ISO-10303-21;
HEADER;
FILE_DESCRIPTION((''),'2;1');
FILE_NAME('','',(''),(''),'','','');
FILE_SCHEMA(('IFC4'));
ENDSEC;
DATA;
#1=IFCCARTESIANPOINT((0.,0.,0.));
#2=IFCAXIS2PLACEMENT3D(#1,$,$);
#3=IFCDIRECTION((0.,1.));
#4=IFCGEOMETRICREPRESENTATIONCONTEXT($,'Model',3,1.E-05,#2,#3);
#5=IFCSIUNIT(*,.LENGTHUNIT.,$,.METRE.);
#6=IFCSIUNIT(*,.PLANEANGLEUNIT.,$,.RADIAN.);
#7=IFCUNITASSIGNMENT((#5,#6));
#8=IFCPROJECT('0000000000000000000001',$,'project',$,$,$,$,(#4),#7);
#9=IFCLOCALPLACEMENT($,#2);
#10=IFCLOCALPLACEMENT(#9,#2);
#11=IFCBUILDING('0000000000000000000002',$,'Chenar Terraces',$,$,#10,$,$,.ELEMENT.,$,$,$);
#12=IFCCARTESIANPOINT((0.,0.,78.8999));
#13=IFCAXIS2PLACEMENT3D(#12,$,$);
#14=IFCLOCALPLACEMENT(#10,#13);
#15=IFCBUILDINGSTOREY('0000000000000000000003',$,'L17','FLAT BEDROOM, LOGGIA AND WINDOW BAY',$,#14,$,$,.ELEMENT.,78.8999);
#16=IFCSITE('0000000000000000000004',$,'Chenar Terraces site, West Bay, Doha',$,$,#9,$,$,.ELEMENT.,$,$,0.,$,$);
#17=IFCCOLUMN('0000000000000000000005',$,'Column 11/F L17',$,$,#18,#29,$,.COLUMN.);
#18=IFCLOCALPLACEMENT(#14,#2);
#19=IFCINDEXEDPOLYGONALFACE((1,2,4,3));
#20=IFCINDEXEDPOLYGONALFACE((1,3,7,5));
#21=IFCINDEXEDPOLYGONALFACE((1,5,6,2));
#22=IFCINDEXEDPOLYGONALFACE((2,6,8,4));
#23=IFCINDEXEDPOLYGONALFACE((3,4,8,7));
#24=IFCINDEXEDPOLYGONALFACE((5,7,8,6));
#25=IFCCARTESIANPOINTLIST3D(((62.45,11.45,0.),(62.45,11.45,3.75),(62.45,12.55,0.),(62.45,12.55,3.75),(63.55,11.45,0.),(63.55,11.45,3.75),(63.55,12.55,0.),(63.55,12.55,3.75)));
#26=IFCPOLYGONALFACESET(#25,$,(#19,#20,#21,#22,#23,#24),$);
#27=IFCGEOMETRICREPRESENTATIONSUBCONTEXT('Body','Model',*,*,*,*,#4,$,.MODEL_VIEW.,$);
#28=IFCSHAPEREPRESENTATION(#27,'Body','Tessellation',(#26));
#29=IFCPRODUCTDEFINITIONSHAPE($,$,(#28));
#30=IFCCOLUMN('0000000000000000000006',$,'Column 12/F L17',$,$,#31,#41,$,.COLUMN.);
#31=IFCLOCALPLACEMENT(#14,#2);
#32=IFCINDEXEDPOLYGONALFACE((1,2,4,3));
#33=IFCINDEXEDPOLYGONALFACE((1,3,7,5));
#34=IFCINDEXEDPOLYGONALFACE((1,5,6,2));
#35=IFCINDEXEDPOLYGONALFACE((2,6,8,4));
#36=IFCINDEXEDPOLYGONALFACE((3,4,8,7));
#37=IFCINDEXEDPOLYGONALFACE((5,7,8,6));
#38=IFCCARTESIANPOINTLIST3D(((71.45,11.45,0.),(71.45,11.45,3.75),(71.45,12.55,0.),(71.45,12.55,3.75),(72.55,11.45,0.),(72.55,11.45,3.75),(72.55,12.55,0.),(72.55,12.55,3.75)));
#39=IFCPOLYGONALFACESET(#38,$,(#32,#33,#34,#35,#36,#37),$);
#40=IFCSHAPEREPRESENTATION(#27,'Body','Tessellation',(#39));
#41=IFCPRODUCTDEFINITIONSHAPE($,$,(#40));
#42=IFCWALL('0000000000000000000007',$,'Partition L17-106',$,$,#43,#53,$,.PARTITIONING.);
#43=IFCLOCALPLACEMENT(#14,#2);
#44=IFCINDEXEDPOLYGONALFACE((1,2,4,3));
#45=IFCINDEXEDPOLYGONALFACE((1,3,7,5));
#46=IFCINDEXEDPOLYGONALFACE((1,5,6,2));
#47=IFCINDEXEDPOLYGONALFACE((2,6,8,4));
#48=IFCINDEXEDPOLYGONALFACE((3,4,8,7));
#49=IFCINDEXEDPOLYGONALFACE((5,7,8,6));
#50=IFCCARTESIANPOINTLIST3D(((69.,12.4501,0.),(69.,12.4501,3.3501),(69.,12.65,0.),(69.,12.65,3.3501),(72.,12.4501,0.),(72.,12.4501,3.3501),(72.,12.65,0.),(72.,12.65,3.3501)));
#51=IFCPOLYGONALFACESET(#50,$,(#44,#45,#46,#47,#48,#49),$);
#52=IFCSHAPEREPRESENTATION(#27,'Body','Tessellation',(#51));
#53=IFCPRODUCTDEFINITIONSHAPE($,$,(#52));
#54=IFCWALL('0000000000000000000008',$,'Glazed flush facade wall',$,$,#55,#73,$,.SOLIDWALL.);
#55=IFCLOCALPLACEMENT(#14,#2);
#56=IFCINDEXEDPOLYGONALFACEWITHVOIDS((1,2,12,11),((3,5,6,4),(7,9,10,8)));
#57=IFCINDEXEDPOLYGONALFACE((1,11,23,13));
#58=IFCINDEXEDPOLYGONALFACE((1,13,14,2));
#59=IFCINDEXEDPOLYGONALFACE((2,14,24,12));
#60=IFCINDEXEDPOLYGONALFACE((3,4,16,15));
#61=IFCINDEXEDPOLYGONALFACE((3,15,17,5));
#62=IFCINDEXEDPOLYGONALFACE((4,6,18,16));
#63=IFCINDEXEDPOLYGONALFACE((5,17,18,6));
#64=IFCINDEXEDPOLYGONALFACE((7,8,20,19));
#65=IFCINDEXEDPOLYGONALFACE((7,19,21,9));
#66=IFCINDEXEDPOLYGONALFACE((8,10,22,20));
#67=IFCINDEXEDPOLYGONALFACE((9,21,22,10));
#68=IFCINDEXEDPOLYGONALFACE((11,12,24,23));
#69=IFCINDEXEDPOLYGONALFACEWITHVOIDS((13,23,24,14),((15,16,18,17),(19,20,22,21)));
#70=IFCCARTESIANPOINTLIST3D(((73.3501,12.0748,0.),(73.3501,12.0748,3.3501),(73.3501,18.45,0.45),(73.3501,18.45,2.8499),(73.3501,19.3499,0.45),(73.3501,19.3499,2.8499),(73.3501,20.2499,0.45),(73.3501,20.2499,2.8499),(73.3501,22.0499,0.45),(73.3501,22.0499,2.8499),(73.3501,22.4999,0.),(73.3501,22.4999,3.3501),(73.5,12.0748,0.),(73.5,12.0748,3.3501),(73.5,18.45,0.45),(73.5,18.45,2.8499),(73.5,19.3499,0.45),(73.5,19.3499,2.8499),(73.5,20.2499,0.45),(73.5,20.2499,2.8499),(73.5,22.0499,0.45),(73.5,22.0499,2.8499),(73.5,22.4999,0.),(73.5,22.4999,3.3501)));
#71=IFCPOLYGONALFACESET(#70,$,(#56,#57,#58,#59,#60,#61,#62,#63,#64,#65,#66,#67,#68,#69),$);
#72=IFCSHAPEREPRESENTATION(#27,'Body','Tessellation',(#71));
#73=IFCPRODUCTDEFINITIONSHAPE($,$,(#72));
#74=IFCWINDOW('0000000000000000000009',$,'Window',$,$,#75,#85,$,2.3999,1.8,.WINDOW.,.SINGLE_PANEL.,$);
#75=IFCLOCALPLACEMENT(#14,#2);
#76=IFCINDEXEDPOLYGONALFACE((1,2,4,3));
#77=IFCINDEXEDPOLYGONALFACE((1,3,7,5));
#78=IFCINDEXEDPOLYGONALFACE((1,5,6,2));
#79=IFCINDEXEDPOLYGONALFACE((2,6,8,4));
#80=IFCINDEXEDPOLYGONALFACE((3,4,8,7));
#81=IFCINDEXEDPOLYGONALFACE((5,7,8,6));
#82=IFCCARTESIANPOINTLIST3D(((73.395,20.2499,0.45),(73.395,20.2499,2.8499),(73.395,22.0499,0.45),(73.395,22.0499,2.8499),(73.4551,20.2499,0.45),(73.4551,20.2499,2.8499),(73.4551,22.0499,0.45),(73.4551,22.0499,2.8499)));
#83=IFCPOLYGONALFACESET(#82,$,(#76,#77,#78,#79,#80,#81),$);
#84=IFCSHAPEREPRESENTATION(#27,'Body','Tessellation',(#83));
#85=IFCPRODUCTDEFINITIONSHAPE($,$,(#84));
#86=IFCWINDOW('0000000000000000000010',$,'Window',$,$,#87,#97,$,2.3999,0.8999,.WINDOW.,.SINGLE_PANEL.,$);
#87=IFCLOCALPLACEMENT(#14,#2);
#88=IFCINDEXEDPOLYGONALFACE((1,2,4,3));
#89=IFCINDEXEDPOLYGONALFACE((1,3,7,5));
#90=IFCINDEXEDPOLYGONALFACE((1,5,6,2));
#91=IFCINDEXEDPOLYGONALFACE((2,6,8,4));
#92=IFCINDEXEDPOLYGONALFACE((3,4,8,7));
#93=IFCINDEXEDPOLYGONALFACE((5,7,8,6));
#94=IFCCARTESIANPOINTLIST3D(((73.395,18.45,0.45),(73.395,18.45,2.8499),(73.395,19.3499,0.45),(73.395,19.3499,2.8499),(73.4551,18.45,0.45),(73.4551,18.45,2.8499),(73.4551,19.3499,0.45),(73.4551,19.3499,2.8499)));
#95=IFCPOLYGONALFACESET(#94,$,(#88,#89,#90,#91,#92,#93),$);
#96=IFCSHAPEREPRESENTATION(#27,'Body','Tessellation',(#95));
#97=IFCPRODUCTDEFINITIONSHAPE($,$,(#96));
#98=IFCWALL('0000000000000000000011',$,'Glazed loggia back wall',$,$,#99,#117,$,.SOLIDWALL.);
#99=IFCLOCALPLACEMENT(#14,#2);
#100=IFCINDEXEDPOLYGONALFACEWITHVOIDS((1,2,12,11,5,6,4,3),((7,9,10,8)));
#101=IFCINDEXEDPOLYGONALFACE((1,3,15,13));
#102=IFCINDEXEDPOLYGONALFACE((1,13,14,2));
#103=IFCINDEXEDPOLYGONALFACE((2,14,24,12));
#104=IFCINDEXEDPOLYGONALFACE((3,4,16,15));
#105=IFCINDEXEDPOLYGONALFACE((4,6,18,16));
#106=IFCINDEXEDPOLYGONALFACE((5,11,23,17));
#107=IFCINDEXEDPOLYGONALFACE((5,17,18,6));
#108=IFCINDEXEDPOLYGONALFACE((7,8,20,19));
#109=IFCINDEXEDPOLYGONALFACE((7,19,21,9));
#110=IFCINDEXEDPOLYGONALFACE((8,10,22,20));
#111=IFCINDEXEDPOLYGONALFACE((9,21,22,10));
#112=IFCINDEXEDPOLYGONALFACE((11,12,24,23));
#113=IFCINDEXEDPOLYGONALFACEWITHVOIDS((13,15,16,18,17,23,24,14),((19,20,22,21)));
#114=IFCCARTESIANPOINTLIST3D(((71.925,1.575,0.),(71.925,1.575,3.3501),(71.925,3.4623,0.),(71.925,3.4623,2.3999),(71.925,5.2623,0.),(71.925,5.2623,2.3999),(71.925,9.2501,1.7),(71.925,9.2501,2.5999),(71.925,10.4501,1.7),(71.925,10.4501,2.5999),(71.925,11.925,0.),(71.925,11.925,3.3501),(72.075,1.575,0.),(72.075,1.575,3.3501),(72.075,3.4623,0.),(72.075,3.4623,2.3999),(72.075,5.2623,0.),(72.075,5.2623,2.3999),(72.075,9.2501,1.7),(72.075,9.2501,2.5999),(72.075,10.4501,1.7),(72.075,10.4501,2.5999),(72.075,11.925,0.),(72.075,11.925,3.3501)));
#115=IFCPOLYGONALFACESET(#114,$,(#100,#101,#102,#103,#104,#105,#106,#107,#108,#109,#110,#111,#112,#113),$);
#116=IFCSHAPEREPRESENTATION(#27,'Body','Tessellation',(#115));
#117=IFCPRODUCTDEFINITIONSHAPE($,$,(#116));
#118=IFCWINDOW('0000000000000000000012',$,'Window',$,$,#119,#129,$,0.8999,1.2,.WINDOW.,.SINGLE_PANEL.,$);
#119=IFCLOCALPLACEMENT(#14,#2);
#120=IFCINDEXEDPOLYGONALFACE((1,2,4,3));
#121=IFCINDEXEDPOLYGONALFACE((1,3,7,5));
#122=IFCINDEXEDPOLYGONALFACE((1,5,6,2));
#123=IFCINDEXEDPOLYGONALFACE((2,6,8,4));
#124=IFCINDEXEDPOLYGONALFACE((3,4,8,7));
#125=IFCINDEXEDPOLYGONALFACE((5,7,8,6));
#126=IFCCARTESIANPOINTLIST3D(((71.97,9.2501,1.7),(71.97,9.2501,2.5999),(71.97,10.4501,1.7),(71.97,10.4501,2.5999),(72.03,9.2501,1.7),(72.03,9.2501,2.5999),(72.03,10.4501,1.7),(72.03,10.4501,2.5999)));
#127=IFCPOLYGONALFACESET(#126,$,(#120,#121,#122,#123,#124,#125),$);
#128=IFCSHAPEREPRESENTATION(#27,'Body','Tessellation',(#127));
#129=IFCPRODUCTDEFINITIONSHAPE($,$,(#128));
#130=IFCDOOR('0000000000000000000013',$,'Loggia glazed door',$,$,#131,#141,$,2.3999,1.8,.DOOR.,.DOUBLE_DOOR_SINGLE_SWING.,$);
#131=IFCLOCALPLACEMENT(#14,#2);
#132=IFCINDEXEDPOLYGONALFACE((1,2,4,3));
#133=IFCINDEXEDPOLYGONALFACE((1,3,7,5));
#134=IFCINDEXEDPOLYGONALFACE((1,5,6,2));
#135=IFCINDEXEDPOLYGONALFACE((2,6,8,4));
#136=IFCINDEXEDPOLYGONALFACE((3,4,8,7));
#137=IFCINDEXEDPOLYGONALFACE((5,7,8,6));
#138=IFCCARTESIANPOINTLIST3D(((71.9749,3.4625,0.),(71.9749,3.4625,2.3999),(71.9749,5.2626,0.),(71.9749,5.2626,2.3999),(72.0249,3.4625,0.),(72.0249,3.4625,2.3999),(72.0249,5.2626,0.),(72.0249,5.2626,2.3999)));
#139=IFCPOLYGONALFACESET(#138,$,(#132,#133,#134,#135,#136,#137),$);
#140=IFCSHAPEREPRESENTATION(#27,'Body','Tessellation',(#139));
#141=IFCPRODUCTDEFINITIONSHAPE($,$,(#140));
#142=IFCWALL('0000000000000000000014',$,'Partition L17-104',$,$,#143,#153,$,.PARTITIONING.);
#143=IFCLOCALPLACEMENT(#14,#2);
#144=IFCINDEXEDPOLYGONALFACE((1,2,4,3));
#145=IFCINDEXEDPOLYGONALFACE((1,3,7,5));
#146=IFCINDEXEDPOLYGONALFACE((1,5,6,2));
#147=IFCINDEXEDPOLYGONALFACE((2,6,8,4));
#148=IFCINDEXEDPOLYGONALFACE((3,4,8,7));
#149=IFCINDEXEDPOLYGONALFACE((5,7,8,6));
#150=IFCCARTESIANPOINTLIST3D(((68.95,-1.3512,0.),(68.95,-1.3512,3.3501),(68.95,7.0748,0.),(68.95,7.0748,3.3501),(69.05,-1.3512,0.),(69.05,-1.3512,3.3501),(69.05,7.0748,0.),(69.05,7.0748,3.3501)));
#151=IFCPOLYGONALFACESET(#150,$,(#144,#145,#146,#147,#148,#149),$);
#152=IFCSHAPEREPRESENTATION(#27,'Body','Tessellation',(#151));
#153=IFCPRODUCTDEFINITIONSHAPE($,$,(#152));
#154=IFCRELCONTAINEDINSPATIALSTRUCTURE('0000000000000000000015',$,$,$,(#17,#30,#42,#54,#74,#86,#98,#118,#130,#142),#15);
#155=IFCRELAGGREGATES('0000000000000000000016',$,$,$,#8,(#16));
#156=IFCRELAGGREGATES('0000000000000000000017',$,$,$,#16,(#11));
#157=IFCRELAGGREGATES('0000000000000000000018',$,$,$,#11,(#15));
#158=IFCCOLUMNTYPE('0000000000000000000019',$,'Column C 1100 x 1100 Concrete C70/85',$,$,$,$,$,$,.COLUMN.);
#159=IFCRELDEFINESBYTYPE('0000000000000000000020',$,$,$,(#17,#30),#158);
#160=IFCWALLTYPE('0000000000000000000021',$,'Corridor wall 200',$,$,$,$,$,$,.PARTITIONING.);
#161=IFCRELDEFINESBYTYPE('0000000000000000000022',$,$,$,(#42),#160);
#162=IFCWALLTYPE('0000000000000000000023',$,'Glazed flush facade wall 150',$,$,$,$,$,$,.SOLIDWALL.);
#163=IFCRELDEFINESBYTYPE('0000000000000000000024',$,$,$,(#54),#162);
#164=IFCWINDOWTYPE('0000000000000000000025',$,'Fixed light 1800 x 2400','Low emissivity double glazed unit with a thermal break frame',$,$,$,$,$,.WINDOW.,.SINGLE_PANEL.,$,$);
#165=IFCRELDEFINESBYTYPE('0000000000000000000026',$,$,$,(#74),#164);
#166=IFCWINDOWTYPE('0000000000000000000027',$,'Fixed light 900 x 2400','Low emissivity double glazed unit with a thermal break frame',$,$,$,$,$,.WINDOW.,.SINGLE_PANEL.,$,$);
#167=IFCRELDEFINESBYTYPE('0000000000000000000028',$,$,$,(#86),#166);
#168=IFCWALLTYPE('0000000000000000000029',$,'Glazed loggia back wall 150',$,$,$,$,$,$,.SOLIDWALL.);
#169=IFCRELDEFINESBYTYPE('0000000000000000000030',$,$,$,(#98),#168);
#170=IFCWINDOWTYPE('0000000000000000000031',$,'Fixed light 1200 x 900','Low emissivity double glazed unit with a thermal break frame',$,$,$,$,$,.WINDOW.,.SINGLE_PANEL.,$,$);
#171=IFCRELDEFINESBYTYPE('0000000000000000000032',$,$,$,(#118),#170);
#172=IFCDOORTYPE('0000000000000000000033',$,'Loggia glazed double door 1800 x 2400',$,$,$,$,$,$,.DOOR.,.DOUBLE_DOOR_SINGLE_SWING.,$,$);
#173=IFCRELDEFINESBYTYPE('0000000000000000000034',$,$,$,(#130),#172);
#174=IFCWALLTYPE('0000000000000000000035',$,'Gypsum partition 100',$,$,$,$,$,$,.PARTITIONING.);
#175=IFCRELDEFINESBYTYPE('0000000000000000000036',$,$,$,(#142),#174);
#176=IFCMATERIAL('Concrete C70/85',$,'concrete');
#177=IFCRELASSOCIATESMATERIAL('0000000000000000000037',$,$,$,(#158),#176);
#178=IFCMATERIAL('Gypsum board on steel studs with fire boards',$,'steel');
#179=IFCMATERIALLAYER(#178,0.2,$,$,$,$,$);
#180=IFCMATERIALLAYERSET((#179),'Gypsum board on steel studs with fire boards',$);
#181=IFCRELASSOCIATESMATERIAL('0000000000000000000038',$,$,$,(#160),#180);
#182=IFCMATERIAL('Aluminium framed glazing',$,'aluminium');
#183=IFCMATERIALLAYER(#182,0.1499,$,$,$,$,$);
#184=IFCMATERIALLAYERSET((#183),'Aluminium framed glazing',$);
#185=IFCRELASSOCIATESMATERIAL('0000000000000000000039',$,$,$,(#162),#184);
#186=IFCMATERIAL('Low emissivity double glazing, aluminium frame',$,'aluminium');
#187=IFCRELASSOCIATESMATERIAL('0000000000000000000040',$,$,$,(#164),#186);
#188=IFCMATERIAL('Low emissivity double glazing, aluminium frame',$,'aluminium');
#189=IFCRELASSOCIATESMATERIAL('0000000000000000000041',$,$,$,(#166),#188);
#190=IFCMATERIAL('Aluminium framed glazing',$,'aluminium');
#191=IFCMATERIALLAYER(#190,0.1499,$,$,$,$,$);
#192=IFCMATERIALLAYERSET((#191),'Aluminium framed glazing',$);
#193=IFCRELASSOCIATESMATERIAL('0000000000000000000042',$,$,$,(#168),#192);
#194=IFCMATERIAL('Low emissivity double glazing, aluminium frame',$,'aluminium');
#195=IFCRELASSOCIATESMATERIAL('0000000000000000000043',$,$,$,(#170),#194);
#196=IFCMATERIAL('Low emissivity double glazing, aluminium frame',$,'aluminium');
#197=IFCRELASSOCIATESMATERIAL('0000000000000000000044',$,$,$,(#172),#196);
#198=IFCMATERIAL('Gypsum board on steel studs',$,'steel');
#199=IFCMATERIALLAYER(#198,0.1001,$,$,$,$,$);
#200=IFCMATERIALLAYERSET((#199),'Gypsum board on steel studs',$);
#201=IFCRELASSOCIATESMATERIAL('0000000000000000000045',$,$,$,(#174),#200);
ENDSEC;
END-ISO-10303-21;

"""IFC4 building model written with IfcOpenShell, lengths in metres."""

from ifc_helpers import new_model, si_unit, direction, frame, frame_2d, origin, origin_2d, place, context, subcontext, project, spatial, rectangle, extrude, material, layer, layer_set, material_profile, profile_set, type_object, element, fill, save


model = new_model("IFC4")

# Units and contexts
model_context = context("Model", 3, precision=1e-05, world=origin(), true_north=direction((0.0, 1.0)))
body_context = subcontext(model_context, "Body", "Model", "MODEL_VIEW")
ifc_project = project(units=[si_unit("LENGTHUNIT", "METRE"), si_unit("PLANEANGLEUNIT", "RADIAN")], contexts=[model_context])

# Site, building, storey
site_placement = place(None, origin())
site = spatial("IfcSite", under=ifc_project, at=site_placement, Name="Chenar Terraces site, West Bay, Doha", CompositionType="ELEMENT", RefElevation=0.0)
building_placement = place(site_placement, origin())
building = spatial("IfcBuilding", under=site, at=building_placement, Name="Chenar Terraces", CompositionType="ELEMENT")
storey_placement = place(building_placement, frame((0.0, 0.0, 78.8999)))
storey = spatial("IfcBuildingStorey", under=building, at=storey_placement, Name="L17", Description="FLAT BEDROOM, LOGGIA AND WINDOW BAY", CompositionType="ELEMENT", Elevation=78.8999)

# Columns
ifc_material_1 = material(Name="Concrete C70/85", Category="concrete")
ifc_material_profile_1 = material_profile(ifc_material_1, rectangle(XDim=1.1001, YDim=1.1001, at=origin_2d()), Name="C 1100 x 1100")
ifc_profile_set_1 = profile_set([ifc_material_profile_1], Name="Concrete C70/85")
column_type = type_object("IfcColumnType", Name="Column C 1100 x 1100 Concrete C70/85", PredefinedType="COLUMN", material=ifc_profile_set_1)
for number, where, z_axis, x_axis, name in (
    (1, (63.0, 12.0, 0.0), (0.0, 0.0, 1.0), (1.0, 0.0, 0.0), "Column 11/F L17"),
    (2, (72.0, 12.0, 0.0), (0.0, 0.0, 1.0), (1.0, 0.0, 0.0), "Column 12/F L17"),
):
    element("IfcColumn", number, at=place(storey_placement, frame(where, z_axis=z_axis, x_axis=x_axis)), inside=storey, type_object=column_type, Name=name, PredefinedType="COLUMN", context=body_context, shape_type="SweptSolid", body=[
        extrude(rectangle(XDim=1.1001, YDim=1.1001, at=origin_2d()), origin(), (0.0, 0.0, 1.0), 3.75),
    ])

# Wall
ifc_material_2 = material(Name="Gypsum board on steel studs with fire boards", Category="steel")
ifc_layer_1 = layer(ifc_material_2, 0.2)
ifc_layer_set_1 = layer_set([ifc_layer_1], Name="Gypsum board on steel studs with fire boards")
wall_type_1 = type_object("IfcWallType", Name="Corridor wall 200", PredefinedType="PARTITIONING", material=ifc_layer_set_1)
wall_1_placement = place(storey_placement, frame((69.0, 12.55, 0.0), z_axis=(0.0, 0.0, 1.0), x_axis=(1.0, 0.0, 0.0)))
element("IfcWall", 3, at=wall_1_placement, inside=storey, type_object=wall_type_1, Name="Partition L17-106", PredefinedType="PARTITIONING", context=body_context, shape_type="SweptSolid", body=[
    extrude(rectangle(XDim=3.0, YDim=0.2, at=frame_2d((1.5, 0.0))), origin(), (0.0, 0.0, 1.0), 3.3501),
])

# Wall, openings, windows
ifc_material_3 = material(Name="Aluminium framed glazing", Category="aluminium")
ifc_layer_2 = layer(ifc_material_3, 0.1499)
ifc_layer_set_2 = layer_set([ifc_layer_2], Name="Aluminium framed glazing")
wall_type_2 = type_object("IfcWallType", Name="Glazed flush facade wall 150", PredefinedType="SOLIDWALL", material=ifc_layer_set_2)
wall_2_placement = place(storey_placement, frame((73.425, 12.075, 0.0), z_axis=(0.0, 0.0, 1.0), x_axis=(0.0, 1.0, 0.0)))
wall_2 = element("IfcWall", 4, at=wall_2_placement, inside=storey, type_object=wall_type_2, Name="Glazed flush facade wall", PredefinedType="SOLIDWALL", context=body_context, shape_type="SweptSolid", body=[
    extrude(rectangle(XDim=10.425, YDim=0.1499, at=frame_2d((5.2124, 0.0))), origin(), (0.0, 0.0, 1.0), 3.3501),
])
opening_1_placement = place(wall_2_placement, frame((6.375, 0.0, 0.45)))
opening_1 = element("IfcOpeningElement", 5, at=opening_1_placement, cuts=wall_2, PredefinedType="OPENING", context=body_context, shape_type="SweptSolid", body=[
    extrude(rectangle(XDim=0.8999, YDim=2.3999, at=frame_2d((0.45, 1.2))), frame((0.0, 0.085, 0.0), z_axis=(0.0, -1.0, 0.0), x_axis=(1.0, 0.0, 0.0)), (0.0, 0.0, 1.0), 0.1699),
])
opening_2_placement = place(wall_2_placement, frame((8.175, 0.0, 0.45)))
opening_2 = element("IfcOpeningElement", 6, at=opening_2_placement, cuts=wall_2, PredefinedType="OPENING", context=body_context, shape_type="SweptSolid", body=[
    extrude(rectangle(XDim=1.8, YDim=2.3999, at=frame_2d((0.8999, 1.2))), frame((0.0, 0.085, 0.0), z_axis=(0.0, -1.0, 0.0), x_axis=(1.0, 0.0, 0.0)), (0.0, 0.0, 1.0), 0.1699),
])
ifc_material_4 = material(Name="Low emissivity double glazing, aluminium frame", Category="aluminium")
window_type_1 = type_object("IfcWindowType", Name="Fixed light 1800 x 2400", Description="Low emissivity double glazed unit with a thermal break frame", PartitioningType="SINGLE_PANEL", PredefinedType="WINDOW", material=ifc_material_4)
window_1_placement = place(opening_2_placement, origin())
window_1 = element("IfcWindow", 7, at=window_1_placement, inside=storey, type_object=window_type_1, Name="Window", OverallHeight=2.3999, OverallWidth=1.8, PartitioningType="SINGLE_PANEL", PredefinedType="WINDOW", context=body_context, shape_type="SweptSolid", body=[
    extrude(rectangle(XDim=1.8, YDim=2.3999, at=frame_2d((0.8999, 1.2))), frame((0.0, 0.03, 0.0), z_axis=(0.0, -1.0, 0.0), x_axis=(1.0, 0.0, 0.0)), (0.0, 0.0, 1.0), 0.0601),
])
fill(opening_2, window_1)
ifc_material_5 = material(Name="Low emissivity double glazing, aluminium frame", Category="aluminium")
window_type_2 = type_object("IfcWindowType", Name="Fixed light 900 x 2400", Description="Low emissivity double glazed unit with a thermal break frame", PartitioningType="SINGLE_PANEL", PredefinedType="WINDOW", material=ifc_material_5)
window_2_placement = place(opening_1_placement, origin())
window_2 = element("IfcWindow", 8, at=window_2_placement, inside=storey, type_object=window_type_2, Name="Window", OverallHeight=2.3999, OverallWidth=0.8999, PartitioningType="SINGLE_PANEL", PredefinedType="WINDOW", context=body_context, shape_type="SweptSolid", body=[
    extrude(rectangle(XDim=0.8999, YDim=2.3999, at=frame_2d((0.45, 1.2))), frame((0.0, 0.03, 0.0), z_axis=(0.0, -1.0, 0.0), x_axis=(1.0, 0.0, 0.0)), (0.0, 0.0, 1.0), 0.0601),
])
fill(opening_1, window_2)

# Wall, openings, window, door
ifc_material_6 = material(Name="Aluminium framed glazing", Category="aluminium")
ifc_layer_3 = layer(ifc_material_6, 0.1499)
ifc_layer_set_3 = layer_set([ifc_layer_3], Name="Aluminium framed glazing")
wall_type_3 = type_object("IfcWallType", Name="Glazed loggia back wall 150", PredefinedType="SOLIDWALL", material=ifc_layer_set_3)
wall_3_placement = place(storey_placement, frame((72.0, 1.575, 0.0), z_axis=(0.0, 0.0, 1.0), x_axis=(0.0, 1.0, 0.0)))
wall_3 = element("IfcWall", 9, at=wall_3_placement, inside=storey, type_object=wall_type_3, Name="Glazed loggia back wall", PredefinedType="SOLIDWALL", context=body_context, shape_type="SweptSolid", body=[
    extrude(rectangle(XDim=10.3501, YDim=0.1499, at=frame_2d((5.175, 0.0))), origin(), (0.0, 0.0, 1.0), 3.3501),
])
opening_3_placement = place(wall_3_placement, frame((1.8875, 0.0, 0.0)))
opening_3 = element("IfcOpeningElement", 10, at=opening_3_placement, cuts=wall_3, PredefinedType="OPENING", context=body_context, shape_type="SweptSolid", body=[
    extrude(rectangle(XDim=1.8, YDim=2.3999, at=frame_2d((0.8999, 1.2))), frame((0.0, 0.085, 0.0), z_axis=(0.0, -1.0, 0.0), x_axis=(1.0, 0.0, 0.0)), (0.0, 0.0, 1.0), 0.1699),
])
opening_4_placement = place(wall_3_placement, frame((7.675, 0.0, 1.7)))
opening_4 = element("IfcOpeningElement", 11, at=opening_4_placement, cuts=wall_3, PredefinedType="OPENING", context=body_context, shape_type="SweptSolid", body=[
    extrude(rectangle(XDim=1.2, YDim=0.8999, at=frame_2d((0.6001, 0.45))), frame((0.0, 0.085, 0.0), z_axis=(0.0, -1.0, 0.0), x_axis=(1.0, 0.0, 0.0)), (0.0, 0.0, 1.0), 0.1699),
])
ifc_material_7 = material(Name="Low emissivity double glazing, aluminium frame", Category="aluminium")
window_type_3 = type_object("IfcWindowType", Name="Fixed light 1200 x 900", Description="Low emissivity double glazed unit with a thermal break frame", PartitioningType="SINGLE_PANEL", PredefinedType="WINDOW", material=ifc_material_7)
window_3_placement = place(opening_4_placement, origin())
window_3 = element("IfcWindow", 12, at=window_3_placement, inside=storey, type_object=window_type_3, Name="Window", OverallHeight=0.8999, OverallWidth=1.2, PartitioningType="SINGLE_PANEL", PredefinedType="WINDOW", context=body_context, shape_type="SweptSolid", body=[
    extrude(rectangle(XDim=1.2, YDim=0.8999, at=frame_2d((0.6001, 0.45))), frame((0.0, 0.03, 0.0), z_axis=(0.0, -1.0, 0.0), x_axis=(1.0, 0.0, 0.0)), (0.0, 0.0, 1.0), 0.0601),
])
fill(opening_4, window_3)
ifc_material_8 = material(Name="Low emissivity double glazing, aluminium frame", Category="aluminium")
door_type_1 = type_object("IfcDoorType", Name="Loggia glazed double door 1800 x 2400", OperationType="DOUBLE_DOOR_SINGLE_SWING", PredefinedType="DOOR", material=ifc_material_8)
door_1_placement = place(opening_3_placement, frame((1.8, 0.0, 0.0), z_axis=(0.0, 0.0, 1.0), x_axis=(-1.0, 0.0, 0.0)))
door_1 = element("IfcDoor", 13, at=door_1_placement, inside=storey, type_object=door_type_1, Name="Loggia glazed door", OperationType="DOUBLE_DOOR_SINGLE_SWING", OverallHeight=2.3999, OverallWidth=1.8, PredefinedType="DOOR", context=body_context, shape_type="SweptSolid", body=[
    extrude(rectangle(XDim=1.8, YDim=2.3999, at=frame_2d((0.8999, 1.2))), frame((0.0, 0.0249, 0.0), z_axis=(0.0, -1.0, 0.0), x_axis=(1.0, 0.0, 0.0)), (0.0, 0.0, 1.0), 0.05),
])
fill(opening_3, door_1)

# Wall
ifc_material_9 = material(Name="Gypsum board on steel studs", Category="steel")
ifc_layer_4 = layer(ifc_material_9, 0.1001)
ifc_layer_set_4 = layer_set([ifc_layer_4], Name="Gypsum board on steel studs")
wall_type_4 = type_object("IfcWallType", Name="Gypsum partition 100", PredefinedType="PARTITIONING", material=ifc_layer_set_4)
wall_4_placement = place(storey_placement, frame((69.0, -1.3511, 0.0), z_axis=(0.0, 0.0, 1.0), x_axis=(0.0, 1.0, 0.0)))
element("IfcWall", 14, at=wall_4_placement, inside=storey, type_object=wall_type_4, Name="Partition L17-104", PredefinedType="PARTITIONING", context=body_context, shape_type="SweptSolid", body=[
    extrude(rectangle(XDim=8.426, YDim=0.1001, at=frame_2d((4.2129, 0.0))), origin(), (0.0, 0.0, 1.0), 3.3501),
])

save(model, "model.ifc")
